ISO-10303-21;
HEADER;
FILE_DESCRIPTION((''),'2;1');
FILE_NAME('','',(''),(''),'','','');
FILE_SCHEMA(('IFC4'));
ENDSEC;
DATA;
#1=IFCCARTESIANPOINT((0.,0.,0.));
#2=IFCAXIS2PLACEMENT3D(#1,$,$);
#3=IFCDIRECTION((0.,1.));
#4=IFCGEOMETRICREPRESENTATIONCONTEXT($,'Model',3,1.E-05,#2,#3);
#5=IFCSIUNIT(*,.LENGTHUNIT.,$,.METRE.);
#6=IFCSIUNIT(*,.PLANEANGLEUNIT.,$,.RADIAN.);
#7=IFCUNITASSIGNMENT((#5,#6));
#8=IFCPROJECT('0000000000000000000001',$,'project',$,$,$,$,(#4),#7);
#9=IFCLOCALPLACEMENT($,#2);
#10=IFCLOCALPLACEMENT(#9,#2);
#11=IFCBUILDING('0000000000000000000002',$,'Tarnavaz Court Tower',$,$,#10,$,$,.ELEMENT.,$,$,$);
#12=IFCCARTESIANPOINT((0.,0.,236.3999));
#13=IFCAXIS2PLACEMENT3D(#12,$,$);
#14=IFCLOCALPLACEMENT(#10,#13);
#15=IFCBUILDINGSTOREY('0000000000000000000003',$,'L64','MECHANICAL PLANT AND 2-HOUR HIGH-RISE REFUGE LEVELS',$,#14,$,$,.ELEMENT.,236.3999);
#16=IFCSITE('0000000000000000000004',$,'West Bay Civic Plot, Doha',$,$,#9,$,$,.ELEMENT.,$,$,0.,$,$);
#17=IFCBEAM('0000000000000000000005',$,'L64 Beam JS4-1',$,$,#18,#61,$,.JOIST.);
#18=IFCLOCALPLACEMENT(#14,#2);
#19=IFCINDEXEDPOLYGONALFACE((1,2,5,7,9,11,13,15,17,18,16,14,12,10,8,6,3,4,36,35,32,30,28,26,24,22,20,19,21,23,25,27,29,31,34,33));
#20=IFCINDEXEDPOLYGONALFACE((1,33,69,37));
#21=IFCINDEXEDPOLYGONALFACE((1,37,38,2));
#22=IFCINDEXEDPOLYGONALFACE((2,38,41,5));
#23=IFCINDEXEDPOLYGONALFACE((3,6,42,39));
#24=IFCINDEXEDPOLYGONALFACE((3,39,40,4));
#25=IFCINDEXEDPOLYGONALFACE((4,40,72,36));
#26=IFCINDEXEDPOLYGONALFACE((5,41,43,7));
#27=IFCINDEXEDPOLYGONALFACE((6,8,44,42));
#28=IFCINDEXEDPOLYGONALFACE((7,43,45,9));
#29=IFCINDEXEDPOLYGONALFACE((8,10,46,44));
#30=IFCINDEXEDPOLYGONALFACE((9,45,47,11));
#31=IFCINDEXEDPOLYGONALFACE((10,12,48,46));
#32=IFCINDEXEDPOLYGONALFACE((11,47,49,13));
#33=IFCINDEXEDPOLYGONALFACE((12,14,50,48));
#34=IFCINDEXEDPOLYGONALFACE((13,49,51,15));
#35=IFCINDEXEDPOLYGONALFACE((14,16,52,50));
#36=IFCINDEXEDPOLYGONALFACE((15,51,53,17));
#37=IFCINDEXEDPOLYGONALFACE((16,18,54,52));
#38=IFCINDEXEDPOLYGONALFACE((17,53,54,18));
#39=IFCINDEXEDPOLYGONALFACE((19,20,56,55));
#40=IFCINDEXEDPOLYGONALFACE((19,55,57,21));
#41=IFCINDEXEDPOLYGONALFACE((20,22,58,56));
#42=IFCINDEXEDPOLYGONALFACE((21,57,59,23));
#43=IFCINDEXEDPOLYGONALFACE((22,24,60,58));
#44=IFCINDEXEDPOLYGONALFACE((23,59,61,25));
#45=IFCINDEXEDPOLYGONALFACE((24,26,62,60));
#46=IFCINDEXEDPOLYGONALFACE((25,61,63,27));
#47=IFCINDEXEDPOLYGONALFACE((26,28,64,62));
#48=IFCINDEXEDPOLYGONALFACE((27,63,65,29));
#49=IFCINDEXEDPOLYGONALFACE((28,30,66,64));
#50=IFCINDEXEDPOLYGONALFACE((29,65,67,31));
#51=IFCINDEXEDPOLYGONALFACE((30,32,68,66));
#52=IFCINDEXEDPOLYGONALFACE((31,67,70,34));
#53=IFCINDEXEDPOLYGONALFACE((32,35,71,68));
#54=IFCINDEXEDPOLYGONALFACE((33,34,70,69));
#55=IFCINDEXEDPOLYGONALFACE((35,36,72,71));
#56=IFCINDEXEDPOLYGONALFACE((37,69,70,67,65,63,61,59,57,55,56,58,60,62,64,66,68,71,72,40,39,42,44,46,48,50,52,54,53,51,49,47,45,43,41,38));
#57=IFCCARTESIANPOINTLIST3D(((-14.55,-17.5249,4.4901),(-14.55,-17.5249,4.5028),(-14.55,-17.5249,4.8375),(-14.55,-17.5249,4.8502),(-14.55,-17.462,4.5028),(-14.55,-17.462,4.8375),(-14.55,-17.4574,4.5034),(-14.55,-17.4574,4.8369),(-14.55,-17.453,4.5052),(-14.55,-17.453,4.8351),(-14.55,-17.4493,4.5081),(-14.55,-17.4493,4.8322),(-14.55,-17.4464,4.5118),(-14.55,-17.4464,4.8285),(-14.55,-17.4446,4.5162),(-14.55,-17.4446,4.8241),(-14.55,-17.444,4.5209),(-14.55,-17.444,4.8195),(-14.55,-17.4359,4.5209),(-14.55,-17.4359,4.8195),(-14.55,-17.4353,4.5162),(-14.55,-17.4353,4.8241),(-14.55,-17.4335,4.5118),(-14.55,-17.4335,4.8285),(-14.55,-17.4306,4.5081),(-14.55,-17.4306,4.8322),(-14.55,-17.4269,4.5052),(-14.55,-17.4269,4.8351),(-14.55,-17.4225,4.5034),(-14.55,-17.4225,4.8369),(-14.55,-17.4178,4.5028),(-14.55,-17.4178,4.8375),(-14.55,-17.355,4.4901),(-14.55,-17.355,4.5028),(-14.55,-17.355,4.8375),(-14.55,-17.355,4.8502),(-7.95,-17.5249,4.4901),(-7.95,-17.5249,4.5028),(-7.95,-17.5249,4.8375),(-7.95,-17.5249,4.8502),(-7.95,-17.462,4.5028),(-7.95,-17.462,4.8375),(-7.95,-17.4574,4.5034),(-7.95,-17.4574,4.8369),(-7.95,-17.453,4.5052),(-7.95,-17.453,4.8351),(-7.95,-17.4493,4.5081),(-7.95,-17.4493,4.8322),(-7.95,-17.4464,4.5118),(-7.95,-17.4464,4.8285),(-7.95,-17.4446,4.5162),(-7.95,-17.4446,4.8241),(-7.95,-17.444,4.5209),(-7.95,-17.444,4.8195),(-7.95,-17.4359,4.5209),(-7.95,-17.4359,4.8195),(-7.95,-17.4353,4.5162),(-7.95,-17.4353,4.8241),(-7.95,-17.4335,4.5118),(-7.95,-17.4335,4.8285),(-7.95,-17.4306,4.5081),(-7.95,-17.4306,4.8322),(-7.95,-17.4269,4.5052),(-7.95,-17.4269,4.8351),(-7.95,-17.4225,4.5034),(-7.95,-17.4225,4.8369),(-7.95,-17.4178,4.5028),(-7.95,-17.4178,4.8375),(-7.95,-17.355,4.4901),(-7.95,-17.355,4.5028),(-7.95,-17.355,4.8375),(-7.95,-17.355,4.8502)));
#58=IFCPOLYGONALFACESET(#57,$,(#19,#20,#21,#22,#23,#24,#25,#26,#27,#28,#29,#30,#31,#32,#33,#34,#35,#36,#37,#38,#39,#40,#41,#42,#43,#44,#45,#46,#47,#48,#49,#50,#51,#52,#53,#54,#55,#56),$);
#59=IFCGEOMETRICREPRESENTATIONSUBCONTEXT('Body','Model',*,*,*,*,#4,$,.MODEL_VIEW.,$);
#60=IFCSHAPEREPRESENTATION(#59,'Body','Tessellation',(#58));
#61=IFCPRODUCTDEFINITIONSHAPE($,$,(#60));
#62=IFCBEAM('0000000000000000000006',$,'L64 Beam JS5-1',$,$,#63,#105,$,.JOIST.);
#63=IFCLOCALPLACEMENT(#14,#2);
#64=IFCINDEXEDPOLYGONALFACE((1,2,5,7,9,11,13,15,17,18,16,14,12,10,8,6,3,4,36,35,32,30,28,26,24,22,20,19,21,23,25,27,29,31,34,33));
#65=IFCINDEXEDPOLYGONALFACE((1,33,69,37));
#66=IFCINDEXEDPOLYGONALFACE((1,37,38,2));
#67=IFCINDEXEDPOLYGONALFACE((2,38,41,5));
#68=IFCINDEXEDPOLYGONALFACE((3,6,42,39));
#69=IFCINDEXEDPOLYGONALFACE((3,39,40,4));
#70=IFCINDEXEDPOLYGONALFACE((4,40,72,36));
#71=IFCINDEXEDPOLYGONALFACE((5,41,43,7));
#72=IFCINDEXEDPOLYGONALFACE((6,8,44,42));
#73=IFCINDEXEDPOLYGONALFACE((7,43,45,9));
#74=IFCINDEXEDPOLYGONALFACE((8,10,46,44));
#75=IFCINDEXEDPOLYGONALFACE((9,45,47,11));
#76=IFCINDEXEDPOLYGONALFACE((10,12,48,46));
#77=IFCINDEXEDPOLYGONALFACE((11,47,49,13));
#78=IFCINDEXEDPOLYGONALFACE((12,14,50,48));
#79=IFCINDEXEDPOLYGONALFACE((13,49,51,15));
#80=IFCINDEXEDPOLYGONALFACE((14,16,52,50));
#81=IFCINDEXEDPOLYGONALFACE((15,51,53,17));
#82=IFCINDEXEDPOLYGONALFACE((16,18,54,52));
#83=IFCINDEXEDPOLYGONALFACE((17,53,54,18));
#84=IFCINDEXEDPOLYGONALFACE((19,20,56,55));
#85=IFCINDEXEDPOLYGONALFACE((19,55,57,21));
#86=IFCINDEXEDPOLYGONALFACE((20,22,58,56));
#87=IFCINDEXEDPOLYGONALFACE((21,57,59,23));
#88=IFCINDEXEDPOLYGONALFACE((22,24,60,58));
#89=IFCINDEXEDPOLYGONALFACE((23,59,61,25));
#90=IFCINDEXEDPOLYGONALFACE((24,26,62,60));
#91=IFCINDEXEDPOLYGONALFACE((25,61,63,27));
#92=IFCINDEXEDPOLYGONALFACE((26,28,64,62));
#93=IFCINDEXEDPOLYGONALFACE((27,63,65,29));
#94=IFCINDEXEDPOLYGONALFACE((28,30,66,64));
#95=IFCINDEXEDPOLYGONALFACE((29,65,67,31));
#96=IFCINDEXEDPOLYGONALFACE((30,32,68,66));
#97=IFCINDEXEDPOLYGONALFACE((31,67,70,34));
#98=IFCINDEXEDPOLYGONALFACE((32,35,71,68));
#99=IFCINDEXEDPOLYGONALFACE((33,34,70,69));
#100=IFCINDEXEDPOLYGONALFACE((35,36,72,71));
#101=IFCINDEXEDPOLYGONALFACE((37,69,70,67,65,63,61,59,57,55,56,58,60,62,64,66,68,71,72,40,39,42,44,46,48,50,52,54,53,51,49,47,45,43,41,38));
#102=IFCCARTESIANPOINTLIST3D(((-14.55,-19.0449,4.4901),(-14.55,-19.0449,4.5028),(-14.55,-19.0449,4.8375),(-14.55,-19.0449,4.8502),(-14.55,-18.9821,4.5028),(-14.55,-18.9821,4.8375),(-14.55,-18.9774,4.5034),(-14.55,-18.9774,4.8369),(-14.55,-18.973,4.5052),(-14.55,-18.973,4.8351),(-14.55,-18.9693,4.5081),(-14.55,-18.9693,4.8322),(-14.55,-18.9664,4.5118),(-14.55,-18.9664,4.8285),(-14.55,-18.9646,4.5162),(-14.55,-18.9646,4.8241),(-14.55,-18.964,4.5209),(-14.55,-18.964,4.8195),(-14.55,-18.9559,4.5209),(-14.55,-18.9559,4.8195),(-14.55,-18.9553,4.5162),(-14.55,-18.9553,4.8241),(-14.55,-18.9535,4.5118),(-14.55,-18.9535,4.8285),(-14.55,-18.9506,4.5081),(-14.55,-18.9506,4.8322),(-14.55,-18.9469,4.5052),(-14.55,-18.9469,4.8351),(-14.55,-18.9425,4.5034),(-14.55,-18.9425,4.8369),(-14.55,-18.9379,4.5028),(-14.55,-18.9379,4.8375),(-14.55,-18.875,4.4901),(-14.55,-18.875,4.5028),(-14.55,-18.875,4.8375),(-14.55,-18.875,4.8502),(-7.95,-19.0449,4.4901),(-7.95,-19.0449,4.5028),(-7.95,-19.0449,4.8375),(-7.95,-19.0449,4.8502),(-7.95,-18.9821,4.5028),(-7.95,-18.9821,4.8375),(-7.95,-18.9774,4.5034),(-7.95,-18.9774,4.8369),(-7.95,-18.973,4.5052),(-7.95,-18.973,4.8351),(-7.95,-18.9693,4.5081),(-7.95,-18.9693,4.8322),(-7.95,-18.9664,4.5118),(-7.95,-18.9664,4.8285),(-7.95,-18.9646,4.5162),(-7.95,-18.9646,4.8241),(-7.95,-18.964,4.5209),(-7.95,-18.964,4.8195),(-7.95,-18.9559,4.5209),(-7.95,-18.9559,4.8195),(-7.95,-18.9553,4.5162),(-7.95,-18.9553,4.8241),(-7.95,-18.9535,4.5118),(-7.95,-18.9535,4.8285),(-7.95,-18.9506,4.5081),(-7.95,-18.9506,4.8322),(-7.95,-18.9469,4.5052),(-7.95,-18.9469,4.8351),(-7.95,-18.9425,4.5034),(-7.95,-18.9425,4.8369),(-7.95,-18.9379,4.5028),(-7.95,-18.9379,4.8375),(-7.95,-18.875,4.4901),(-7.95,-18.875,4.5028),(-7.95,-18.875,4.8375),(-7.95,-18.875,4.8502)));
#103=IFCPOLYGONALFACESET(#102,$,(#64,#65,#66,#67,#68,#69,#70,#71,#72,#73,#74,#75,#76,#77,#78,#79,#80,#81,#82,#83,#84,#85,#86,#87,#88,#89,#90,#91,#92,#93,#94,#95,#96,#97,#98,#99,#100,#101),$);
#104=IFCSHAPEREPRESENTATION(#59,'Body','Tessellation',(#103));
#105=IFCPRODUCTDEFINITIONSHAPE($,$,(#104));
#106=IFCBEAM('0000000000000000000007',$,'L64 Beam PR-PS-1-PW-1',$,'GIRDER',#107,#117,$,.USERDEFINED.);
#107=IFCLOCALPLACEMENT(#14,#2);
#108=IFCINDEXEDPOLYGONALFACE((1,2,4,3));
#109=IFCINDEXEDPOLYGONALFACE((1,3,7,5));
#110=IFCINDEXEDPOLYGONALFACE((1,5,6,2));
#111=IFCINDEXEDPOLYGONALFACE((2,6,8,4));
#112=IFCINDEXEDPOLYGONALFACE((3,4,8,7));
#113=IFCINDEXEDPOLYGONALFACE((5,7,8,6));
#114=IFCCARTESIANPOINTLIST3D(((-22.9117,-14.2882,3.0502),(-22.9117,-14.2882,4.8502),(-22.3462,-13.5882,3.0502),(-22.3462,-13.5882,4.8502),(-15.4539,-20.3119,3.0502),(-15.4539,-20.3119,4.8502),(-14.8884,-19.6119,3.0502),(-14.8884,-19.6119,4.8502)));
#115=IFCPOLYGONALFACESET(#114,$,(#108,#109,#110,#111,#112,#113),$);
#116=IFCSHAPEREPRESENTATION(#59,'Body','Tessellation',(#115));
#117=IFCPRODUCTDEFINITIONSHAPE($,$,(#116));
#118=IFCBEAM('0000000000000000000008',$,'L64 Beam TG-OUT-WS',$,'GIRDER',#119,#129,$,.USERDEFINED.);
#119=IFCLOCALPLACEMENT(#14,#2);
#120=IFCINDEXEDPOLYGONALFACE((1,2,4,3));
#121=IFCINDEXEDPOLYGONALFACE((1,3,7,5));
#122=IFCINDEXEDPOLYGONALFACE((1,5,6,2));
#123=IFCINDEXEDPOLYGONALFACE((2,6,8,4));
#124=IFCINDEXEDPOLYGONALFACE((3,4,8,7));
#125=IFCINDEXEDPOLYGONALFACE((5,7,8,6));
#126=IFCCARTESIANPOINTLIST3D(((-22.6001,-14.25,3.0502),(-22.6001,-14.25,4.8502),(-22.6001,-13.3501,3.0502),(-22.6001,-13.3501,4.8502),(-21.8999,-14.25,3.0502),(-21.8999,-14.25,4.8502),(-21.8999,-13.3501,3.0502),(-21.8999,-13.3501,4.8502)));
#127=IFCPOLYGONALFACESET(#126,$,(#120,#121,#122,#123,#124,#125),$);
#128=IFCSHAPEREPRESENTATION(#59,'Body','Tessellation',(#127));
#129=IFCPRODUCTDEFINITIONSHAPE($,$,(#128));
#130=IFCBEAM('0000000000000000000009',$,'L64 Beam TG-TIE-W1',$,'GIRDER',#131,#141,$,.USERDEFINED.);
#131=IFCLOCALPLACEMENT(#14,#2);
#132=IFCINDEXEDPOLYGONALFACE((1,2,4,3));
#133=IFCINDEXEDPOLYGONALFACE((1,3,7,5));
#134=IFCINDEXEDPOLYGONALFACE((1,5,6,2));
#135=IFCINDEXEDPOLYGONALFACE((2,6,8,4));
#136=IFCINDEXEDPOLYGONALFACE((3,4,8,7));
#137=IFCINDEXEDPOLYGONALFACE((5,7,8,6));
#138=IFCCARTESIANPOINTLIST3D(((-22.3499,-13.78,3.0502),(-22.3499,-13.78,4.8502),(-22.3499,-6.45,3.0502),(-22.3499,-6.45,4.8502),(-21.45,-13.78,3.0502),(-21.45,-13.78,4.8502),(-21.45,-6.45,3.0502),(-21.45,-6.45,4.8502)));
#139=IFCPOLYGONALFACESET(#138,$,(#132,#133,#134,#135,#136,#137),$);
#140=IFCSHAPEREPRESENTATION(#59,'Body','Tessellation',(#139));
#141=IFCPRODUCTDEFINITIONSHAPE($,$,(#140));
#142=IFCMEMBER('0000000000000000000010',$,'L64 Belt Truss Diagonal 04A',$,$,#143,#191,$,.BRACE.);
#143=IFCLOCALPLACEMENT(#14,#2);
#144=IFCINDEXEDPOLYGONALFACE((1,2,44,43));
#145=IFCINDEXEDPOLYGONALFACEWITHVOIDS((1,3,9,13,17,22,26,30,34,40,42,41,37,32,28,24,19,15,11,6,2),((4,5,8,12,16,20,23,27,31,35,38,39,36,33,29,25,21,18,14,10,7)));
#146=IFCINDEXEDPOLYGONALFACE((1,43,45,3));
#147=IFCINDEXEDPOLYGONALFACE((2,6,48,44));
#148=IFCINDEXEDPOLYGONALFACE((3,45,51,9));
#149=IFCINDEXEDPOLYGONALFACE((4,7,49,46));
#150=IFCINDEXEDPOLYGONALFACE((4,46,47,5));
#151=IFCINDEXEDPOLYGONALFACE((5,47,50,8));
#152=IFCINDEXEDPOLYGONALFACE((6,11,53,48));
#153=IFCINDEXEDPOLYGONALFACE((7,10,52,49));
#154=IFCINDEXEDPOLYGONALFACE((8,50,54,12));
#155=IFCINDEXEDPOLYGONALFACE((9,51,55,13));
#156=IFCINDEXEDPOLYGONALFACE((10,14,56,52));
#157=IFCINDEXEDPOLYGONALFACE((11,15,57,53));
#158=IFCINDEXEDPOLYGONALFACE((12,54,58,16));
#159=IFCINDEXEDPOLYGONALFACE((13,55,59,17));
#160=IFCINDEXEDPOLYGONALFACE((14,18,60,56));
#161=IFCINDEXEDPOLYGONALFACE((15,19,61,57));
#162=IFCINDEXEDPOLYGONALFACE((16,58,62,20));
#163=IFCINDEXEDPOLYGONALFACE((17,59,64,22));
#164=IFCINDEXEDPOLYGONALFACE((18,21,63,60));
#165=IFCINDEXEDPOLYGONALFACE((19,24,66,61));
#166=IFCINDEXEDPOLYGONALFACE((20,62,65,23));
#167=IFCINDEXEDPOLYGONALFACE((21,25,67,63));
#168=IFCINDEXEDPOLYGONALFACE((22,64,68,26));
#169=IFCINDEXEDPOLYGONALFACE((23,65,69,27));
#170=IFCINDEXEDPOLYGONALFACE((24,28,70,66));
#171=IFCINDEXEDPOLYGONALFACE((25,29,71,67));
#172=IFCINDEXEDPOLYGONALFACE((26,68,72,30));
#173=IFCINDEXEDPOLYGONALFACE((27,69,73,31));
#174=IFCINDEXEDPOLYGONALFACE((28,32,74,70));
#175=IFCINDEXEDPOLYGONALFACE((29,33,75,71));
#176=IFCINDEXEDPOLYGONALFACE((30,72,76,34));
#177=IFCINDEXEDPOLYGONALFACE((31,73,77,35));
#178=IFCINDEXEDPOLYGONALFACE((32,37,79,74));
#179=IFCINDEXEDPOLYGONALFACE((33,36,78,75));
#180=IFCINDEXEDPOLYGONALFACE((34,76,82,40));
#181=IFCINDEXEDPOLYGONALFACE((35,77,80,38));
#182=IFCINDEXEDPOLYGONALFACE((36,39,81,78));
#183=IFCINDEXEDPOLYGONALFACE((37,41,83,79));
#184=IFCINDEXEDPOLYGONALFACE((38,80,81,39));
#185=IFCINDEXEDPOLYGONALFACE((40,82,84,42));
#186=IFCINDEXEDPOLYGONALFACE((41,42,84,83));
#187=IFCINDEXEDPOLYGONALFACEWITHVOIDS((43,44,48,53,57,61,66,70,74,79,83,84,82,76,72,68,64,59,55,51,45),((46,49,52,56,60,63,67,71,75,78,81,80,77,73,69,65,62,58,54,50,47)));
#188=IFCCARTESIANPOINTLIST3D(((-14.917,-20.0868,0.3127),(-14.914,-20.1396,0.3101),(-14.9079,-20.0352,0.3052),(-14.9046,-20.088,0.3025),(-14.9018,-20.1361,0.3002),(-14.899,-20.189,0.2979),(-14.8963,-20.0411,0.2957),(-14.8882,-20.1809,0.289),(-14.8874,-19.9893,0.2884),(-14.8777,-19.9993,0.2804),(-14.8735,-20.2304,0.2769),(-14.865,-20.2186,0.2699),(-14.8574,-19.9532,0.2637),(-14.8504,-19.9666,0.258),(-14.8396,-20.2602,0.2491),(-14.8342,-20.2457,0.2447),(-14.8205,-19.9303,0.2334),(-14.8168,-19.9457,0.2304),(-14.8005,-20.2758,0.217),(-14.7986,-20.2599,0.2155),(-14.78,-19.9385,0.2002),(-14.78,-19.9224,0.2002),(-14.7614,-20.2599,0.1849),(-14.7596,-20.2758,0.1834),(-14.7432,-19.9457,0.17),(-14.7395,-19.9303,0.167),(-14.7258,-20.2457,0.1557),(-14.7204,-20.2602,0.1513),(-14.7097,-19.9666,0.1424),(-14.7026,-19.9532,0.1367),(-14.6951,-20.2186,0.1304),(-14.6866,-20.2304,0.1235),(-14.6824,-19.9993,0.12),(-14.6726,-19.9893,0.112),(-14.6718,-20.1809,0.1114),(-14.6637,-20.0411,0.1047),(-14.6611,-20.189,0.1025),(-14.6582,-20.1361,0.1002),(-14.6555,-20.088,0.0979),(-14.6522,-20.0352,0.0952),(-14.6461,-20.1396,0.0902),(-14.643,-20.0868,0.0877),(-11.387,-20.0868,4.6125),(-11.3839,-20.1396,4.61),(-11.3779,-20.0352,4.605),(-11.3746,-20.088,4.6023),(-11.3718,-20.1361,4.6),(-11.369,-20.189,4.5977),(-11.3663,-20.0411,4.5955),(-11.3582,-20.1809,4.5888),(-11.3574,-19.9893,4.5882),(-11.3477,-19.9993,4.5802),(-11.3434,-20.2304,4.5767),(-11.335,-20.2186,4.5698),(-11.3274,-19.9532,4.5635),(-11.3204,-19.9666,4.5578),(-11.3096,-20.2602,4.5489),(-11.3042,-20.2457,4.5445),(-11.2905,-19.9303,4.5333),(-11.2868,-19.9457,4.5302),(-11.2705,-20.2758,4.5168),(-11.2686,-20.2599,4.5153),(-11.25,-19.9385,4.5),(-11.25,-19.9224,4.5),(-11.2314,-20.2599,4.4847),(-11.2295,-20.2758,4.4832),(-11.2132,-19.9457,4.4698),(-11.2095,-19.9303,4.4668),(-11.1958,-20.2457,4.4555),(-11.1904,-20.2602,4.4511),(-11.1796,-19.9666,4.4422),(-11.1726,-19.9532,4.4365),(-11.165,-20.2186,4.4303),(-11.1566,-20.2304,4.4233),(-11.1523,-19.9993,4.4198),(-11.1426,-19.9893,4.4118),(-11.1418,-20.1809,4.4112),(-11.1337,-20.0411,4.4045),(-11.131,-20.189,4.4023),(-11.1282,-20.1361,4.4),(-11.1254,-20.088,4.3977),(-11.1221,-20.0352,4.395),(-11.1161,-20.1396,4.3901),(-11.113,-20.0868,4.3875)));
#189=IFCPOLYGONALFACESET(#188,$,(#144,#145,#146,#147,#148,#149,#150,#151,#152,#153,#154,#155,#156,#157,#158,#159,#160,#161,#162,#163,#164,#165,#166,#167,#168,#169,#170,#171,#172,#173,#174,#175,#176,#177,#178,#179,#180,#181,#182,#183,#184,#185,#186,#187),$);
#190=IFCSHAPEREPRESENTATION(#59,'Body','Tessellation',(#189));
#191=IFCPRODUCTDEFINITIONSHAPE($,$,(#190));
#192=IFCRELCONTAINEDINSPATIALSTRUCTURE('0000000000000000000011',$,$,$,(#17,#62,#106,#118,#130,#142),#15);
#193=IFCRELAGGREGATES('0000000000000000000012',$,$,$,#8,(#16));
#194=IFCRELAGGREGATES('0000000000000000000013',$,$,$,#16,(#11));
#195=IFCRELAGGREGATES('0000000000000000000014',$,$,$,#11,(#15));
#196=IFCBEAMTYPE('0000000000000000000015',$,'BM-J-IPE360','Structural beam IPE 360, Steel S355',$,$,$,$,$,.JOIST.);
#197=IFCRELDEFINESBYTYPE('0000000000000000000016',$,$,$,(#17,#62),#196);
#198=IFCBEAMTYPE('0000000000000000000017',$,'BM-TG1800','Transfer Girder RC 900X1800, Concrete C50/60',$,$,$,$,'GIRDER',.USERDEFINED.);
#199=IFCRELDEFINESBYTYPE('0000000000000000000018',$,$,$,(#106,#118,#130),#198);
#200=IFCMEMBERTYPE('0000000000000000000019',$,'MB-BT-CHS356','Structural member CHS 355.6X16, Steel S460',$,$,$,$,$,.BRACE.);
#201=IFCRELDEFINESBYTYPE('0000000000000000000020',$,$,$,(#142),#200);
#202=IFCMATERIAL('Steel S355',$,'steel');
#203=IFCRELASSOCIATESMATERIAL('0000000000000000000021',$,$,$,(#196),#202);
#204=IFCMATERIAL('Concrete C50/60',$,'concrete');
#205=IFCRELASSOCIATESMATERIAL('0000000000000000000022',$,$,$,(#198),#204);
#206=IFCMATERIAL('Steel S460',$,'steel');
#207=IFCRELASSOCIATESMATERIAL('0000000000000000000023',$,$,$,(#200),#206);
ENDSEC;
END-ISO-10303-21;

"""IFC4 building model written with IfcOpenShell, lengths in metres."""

from ifc_helpers import new_model, si_unit, direction, frame, origin, origin_2d, place, context, subcontext, project, spatial, rectangle, hollow_circle, i_section, extrude, material, material_profile, profile_set, type_object, element, save


model = new_model("IFC4")

# Units and contexts
model_context = context("Model", 3, precision=1e-05, world=origin(), true_north=direction((0.0, 1.0)))
body_context = subcontext(model_context, "Body", "Model", "MODEL_VIEW")
ifc_project = project(units=[si_unit("LENGTHUNIT", "METRE"), si_unit("PLANEANGLEUNIT", "RADIAN")], contexts=[model_context])

# Site, building, storey
site_placement = place(None, origin())
site = spatial("IfcSite", under=ifc_project, at=site_placement, Name="West Bay Civic Plot, Doha", CompositionType="ELEMENT", RefElevation=0.0)
building_placement = place(site_placement, origin())
building = spatial("IfcBuilding", under=site, at=building_placement, Name="Tarnavaz Court Tower", CompositionType="ELEMENT")
storey_placement = place(building_placement, frame((0.0, 0.0, 236.3999)))
storey = spatial("IfcBuildingStorey", under=building, at=storey_placement, Name="L64", Description="MECHANICAL PLANT AND 2-HOUR HIGH-RISE REFUGE LEVELS", CompositionType="ELEMENT", Elevation=236.3999)

# Shared definitions
ifc_material_1 = material(Name="Steel S460", Category="steel")

# Beams
ifc_material_2 = material(Name="Steel S355", Category="steel")
ifc_material_profile_1 = material_profile(ifc_material_2, i_section(OverallWidth=0.1699, OverallDepth=0.3601, WebThickness=0.0081, FlangeThickness=0.0127, FilletRadius=0.0181, at=origin_2d()), Name="IPE 360")
ifc_profile_set_1 = profile_set([ifc_material_profile_1], Name="Steel S355")
beam_type_1 = type_object("IfcBeamType", Name="BM-J-IPE360", Description="Structural beam IPE 360, Steel S355", PredefinedType="JOIST", material=ifc_profile_set_1)
for number, where, z_axis, x_axis, name in (
    (1, (-14.55, -17.4399, 4.6702), (1.0, 0.0, 0.0), (0.0, 1.0, 0.0), "L64 Beam JS4-1"),
    (2, (-14.55, -18.96, 4.6702), (1.0, 0.0, 0.0), (0.0, 1.0, 0.0), "L64 Beam JS5-1"),
):
    element("IfcBeam", number, at=place(storey_placement, frame(where, z_axis=z_axis, x_axis=x_axis)), inside=storey, type_object=beam_type_1, Name=name, PredefinedType="JOIST", context=body_context, shape_type="SweptSolid", body=[
        extrude(i_section(OverallWidth=0.1699, OverallDepth=0.3601, WebThickness=0.0081, FlangeThickness=0.0127, FilletRadius=0.0181, at=origin_2d()), origin(), (0.0, 0.0, 1.0), 6.6001),
    ])
ifc_material_3 = material(Name="Concrete C50/60", Category="concrete")
ifc_material_profile_2 = material_profile(ifc_material_3, rectangle(XDim=0.8999, YDim=1.8, at=origin_2d()), Name="RC 900X1800")
ifc_profile_set_2 = profile_set([ifc_material_profile_2], Name="Concrete C50/60")
beam_type_2 = type_object("IfcBeamType", Name="BM-TG1800", Description="Transfer Girder RC 900X1800, Concrete C50/60", ElementType="GIRDER", PredefinedType="USERDEFINED", material=ifc_profile_set_2)
beam_1_placement = place(storey_placement, frame((-15.1711, -19.9619, 3.9502), z_axis=(-0.777936, 0.628344, 0.0), x_axis=(-0.628344, -0.777936, 0.0)))
element("IfcBeam", 3, at=beam_1_placement, inside=storey, type_object=beam_type_2, Name="L64 Beam PR-PS-1-PW-1", ObjectType="GIRDER", PredefinedType="USERDEFINED", context=body_context, shape_type="SweptSolid", body=[
    extrude(rectangle(XDim=0.8999, YDim=1.8, at=origin_2d()), origin(), (0.0, 0.0, 1.0), 9.5867),
])
beam_2_placement = place(storey_placement, frame((-21.8999, -13.8, 3.9502), z_axis=(-1.0, 0.0, 0.0), x_axis=(0.0, -1.0, 0.0)))
element("IfcBeam", 4, at=beam_2_placement, inside=storey, type_object=beam_type_2, Name="L64 Beam TG-OUT-WS", ObjectType="GIRDER", PredefinedType="USERDEFINED", context=body_context, shape_type="SweptSolid", body=[
    extrude(rectangle(XDim=0.8999, YDim=1.8, at=origin_2d()), origin(), (0.0, 0.0, 1.0), 0.7002),
])
beam_3_placement = place(storey_placement, frame((-21.8999, -13.78, 3.9502), z_axis=(0.0, 1.0, 0.0), x_axis=(-1.0, 0.0, 0.0)))
element("IfcBeam", 5, at=beam_3_placement, inside=storey, type_object=beam_type_2, Name="L64 Beam TG-TIE-W1", ObjectType="GIRDER", PredefinedType="USERDEFINED", context=body_context, shape_type="SweptSolid", body=[
    extrude(rectangle(XDim=0.8999, YDim=1.8, at=origin_2d()), origin(), (0.0, 0.0, 1.0), 7.3301),
])

# Member
ifc_material_profile_3 = material_profile(ifc_material_1, hollow_circle(Radius=0.1777, WallThickness=0.0161, at=origin_2d()), Name="CHS 355.6X16")
ifc_profile_set_3 = profile_set([ifc_material_profile_3], Name="Steel S460")
member_type_1 = type_object("IfcMemberType", Name="MB-BT-CHS356", Description="Structural member CHS 355.6X16, Steel S460", PredefinedType="BRACE", material=ifc_profile_set_3)
member_1_placement = place(storey_placement, frame((-14.78, -20.1001, 0.2002), z_axis=(0.63453, 0.0, 0.772898), x_axis=(0.0, 1.0, 0.0)))
element("IfcMember", 6, at=member_1_placement, inside=storey, type_object=member_type_1, Name="L64 Belt Truss Diagonal 04A", PredefinedType="BRACE", context=body_context, shape_type="SweptSolid", body=[
    extrude(hollow_circle(Radius=0.1777, WallThickness=0.0161, at=origin_2d()), origin(), (0.0, 0.0, 1.0), 5.5632),
])

save(model, "model.ifc")
